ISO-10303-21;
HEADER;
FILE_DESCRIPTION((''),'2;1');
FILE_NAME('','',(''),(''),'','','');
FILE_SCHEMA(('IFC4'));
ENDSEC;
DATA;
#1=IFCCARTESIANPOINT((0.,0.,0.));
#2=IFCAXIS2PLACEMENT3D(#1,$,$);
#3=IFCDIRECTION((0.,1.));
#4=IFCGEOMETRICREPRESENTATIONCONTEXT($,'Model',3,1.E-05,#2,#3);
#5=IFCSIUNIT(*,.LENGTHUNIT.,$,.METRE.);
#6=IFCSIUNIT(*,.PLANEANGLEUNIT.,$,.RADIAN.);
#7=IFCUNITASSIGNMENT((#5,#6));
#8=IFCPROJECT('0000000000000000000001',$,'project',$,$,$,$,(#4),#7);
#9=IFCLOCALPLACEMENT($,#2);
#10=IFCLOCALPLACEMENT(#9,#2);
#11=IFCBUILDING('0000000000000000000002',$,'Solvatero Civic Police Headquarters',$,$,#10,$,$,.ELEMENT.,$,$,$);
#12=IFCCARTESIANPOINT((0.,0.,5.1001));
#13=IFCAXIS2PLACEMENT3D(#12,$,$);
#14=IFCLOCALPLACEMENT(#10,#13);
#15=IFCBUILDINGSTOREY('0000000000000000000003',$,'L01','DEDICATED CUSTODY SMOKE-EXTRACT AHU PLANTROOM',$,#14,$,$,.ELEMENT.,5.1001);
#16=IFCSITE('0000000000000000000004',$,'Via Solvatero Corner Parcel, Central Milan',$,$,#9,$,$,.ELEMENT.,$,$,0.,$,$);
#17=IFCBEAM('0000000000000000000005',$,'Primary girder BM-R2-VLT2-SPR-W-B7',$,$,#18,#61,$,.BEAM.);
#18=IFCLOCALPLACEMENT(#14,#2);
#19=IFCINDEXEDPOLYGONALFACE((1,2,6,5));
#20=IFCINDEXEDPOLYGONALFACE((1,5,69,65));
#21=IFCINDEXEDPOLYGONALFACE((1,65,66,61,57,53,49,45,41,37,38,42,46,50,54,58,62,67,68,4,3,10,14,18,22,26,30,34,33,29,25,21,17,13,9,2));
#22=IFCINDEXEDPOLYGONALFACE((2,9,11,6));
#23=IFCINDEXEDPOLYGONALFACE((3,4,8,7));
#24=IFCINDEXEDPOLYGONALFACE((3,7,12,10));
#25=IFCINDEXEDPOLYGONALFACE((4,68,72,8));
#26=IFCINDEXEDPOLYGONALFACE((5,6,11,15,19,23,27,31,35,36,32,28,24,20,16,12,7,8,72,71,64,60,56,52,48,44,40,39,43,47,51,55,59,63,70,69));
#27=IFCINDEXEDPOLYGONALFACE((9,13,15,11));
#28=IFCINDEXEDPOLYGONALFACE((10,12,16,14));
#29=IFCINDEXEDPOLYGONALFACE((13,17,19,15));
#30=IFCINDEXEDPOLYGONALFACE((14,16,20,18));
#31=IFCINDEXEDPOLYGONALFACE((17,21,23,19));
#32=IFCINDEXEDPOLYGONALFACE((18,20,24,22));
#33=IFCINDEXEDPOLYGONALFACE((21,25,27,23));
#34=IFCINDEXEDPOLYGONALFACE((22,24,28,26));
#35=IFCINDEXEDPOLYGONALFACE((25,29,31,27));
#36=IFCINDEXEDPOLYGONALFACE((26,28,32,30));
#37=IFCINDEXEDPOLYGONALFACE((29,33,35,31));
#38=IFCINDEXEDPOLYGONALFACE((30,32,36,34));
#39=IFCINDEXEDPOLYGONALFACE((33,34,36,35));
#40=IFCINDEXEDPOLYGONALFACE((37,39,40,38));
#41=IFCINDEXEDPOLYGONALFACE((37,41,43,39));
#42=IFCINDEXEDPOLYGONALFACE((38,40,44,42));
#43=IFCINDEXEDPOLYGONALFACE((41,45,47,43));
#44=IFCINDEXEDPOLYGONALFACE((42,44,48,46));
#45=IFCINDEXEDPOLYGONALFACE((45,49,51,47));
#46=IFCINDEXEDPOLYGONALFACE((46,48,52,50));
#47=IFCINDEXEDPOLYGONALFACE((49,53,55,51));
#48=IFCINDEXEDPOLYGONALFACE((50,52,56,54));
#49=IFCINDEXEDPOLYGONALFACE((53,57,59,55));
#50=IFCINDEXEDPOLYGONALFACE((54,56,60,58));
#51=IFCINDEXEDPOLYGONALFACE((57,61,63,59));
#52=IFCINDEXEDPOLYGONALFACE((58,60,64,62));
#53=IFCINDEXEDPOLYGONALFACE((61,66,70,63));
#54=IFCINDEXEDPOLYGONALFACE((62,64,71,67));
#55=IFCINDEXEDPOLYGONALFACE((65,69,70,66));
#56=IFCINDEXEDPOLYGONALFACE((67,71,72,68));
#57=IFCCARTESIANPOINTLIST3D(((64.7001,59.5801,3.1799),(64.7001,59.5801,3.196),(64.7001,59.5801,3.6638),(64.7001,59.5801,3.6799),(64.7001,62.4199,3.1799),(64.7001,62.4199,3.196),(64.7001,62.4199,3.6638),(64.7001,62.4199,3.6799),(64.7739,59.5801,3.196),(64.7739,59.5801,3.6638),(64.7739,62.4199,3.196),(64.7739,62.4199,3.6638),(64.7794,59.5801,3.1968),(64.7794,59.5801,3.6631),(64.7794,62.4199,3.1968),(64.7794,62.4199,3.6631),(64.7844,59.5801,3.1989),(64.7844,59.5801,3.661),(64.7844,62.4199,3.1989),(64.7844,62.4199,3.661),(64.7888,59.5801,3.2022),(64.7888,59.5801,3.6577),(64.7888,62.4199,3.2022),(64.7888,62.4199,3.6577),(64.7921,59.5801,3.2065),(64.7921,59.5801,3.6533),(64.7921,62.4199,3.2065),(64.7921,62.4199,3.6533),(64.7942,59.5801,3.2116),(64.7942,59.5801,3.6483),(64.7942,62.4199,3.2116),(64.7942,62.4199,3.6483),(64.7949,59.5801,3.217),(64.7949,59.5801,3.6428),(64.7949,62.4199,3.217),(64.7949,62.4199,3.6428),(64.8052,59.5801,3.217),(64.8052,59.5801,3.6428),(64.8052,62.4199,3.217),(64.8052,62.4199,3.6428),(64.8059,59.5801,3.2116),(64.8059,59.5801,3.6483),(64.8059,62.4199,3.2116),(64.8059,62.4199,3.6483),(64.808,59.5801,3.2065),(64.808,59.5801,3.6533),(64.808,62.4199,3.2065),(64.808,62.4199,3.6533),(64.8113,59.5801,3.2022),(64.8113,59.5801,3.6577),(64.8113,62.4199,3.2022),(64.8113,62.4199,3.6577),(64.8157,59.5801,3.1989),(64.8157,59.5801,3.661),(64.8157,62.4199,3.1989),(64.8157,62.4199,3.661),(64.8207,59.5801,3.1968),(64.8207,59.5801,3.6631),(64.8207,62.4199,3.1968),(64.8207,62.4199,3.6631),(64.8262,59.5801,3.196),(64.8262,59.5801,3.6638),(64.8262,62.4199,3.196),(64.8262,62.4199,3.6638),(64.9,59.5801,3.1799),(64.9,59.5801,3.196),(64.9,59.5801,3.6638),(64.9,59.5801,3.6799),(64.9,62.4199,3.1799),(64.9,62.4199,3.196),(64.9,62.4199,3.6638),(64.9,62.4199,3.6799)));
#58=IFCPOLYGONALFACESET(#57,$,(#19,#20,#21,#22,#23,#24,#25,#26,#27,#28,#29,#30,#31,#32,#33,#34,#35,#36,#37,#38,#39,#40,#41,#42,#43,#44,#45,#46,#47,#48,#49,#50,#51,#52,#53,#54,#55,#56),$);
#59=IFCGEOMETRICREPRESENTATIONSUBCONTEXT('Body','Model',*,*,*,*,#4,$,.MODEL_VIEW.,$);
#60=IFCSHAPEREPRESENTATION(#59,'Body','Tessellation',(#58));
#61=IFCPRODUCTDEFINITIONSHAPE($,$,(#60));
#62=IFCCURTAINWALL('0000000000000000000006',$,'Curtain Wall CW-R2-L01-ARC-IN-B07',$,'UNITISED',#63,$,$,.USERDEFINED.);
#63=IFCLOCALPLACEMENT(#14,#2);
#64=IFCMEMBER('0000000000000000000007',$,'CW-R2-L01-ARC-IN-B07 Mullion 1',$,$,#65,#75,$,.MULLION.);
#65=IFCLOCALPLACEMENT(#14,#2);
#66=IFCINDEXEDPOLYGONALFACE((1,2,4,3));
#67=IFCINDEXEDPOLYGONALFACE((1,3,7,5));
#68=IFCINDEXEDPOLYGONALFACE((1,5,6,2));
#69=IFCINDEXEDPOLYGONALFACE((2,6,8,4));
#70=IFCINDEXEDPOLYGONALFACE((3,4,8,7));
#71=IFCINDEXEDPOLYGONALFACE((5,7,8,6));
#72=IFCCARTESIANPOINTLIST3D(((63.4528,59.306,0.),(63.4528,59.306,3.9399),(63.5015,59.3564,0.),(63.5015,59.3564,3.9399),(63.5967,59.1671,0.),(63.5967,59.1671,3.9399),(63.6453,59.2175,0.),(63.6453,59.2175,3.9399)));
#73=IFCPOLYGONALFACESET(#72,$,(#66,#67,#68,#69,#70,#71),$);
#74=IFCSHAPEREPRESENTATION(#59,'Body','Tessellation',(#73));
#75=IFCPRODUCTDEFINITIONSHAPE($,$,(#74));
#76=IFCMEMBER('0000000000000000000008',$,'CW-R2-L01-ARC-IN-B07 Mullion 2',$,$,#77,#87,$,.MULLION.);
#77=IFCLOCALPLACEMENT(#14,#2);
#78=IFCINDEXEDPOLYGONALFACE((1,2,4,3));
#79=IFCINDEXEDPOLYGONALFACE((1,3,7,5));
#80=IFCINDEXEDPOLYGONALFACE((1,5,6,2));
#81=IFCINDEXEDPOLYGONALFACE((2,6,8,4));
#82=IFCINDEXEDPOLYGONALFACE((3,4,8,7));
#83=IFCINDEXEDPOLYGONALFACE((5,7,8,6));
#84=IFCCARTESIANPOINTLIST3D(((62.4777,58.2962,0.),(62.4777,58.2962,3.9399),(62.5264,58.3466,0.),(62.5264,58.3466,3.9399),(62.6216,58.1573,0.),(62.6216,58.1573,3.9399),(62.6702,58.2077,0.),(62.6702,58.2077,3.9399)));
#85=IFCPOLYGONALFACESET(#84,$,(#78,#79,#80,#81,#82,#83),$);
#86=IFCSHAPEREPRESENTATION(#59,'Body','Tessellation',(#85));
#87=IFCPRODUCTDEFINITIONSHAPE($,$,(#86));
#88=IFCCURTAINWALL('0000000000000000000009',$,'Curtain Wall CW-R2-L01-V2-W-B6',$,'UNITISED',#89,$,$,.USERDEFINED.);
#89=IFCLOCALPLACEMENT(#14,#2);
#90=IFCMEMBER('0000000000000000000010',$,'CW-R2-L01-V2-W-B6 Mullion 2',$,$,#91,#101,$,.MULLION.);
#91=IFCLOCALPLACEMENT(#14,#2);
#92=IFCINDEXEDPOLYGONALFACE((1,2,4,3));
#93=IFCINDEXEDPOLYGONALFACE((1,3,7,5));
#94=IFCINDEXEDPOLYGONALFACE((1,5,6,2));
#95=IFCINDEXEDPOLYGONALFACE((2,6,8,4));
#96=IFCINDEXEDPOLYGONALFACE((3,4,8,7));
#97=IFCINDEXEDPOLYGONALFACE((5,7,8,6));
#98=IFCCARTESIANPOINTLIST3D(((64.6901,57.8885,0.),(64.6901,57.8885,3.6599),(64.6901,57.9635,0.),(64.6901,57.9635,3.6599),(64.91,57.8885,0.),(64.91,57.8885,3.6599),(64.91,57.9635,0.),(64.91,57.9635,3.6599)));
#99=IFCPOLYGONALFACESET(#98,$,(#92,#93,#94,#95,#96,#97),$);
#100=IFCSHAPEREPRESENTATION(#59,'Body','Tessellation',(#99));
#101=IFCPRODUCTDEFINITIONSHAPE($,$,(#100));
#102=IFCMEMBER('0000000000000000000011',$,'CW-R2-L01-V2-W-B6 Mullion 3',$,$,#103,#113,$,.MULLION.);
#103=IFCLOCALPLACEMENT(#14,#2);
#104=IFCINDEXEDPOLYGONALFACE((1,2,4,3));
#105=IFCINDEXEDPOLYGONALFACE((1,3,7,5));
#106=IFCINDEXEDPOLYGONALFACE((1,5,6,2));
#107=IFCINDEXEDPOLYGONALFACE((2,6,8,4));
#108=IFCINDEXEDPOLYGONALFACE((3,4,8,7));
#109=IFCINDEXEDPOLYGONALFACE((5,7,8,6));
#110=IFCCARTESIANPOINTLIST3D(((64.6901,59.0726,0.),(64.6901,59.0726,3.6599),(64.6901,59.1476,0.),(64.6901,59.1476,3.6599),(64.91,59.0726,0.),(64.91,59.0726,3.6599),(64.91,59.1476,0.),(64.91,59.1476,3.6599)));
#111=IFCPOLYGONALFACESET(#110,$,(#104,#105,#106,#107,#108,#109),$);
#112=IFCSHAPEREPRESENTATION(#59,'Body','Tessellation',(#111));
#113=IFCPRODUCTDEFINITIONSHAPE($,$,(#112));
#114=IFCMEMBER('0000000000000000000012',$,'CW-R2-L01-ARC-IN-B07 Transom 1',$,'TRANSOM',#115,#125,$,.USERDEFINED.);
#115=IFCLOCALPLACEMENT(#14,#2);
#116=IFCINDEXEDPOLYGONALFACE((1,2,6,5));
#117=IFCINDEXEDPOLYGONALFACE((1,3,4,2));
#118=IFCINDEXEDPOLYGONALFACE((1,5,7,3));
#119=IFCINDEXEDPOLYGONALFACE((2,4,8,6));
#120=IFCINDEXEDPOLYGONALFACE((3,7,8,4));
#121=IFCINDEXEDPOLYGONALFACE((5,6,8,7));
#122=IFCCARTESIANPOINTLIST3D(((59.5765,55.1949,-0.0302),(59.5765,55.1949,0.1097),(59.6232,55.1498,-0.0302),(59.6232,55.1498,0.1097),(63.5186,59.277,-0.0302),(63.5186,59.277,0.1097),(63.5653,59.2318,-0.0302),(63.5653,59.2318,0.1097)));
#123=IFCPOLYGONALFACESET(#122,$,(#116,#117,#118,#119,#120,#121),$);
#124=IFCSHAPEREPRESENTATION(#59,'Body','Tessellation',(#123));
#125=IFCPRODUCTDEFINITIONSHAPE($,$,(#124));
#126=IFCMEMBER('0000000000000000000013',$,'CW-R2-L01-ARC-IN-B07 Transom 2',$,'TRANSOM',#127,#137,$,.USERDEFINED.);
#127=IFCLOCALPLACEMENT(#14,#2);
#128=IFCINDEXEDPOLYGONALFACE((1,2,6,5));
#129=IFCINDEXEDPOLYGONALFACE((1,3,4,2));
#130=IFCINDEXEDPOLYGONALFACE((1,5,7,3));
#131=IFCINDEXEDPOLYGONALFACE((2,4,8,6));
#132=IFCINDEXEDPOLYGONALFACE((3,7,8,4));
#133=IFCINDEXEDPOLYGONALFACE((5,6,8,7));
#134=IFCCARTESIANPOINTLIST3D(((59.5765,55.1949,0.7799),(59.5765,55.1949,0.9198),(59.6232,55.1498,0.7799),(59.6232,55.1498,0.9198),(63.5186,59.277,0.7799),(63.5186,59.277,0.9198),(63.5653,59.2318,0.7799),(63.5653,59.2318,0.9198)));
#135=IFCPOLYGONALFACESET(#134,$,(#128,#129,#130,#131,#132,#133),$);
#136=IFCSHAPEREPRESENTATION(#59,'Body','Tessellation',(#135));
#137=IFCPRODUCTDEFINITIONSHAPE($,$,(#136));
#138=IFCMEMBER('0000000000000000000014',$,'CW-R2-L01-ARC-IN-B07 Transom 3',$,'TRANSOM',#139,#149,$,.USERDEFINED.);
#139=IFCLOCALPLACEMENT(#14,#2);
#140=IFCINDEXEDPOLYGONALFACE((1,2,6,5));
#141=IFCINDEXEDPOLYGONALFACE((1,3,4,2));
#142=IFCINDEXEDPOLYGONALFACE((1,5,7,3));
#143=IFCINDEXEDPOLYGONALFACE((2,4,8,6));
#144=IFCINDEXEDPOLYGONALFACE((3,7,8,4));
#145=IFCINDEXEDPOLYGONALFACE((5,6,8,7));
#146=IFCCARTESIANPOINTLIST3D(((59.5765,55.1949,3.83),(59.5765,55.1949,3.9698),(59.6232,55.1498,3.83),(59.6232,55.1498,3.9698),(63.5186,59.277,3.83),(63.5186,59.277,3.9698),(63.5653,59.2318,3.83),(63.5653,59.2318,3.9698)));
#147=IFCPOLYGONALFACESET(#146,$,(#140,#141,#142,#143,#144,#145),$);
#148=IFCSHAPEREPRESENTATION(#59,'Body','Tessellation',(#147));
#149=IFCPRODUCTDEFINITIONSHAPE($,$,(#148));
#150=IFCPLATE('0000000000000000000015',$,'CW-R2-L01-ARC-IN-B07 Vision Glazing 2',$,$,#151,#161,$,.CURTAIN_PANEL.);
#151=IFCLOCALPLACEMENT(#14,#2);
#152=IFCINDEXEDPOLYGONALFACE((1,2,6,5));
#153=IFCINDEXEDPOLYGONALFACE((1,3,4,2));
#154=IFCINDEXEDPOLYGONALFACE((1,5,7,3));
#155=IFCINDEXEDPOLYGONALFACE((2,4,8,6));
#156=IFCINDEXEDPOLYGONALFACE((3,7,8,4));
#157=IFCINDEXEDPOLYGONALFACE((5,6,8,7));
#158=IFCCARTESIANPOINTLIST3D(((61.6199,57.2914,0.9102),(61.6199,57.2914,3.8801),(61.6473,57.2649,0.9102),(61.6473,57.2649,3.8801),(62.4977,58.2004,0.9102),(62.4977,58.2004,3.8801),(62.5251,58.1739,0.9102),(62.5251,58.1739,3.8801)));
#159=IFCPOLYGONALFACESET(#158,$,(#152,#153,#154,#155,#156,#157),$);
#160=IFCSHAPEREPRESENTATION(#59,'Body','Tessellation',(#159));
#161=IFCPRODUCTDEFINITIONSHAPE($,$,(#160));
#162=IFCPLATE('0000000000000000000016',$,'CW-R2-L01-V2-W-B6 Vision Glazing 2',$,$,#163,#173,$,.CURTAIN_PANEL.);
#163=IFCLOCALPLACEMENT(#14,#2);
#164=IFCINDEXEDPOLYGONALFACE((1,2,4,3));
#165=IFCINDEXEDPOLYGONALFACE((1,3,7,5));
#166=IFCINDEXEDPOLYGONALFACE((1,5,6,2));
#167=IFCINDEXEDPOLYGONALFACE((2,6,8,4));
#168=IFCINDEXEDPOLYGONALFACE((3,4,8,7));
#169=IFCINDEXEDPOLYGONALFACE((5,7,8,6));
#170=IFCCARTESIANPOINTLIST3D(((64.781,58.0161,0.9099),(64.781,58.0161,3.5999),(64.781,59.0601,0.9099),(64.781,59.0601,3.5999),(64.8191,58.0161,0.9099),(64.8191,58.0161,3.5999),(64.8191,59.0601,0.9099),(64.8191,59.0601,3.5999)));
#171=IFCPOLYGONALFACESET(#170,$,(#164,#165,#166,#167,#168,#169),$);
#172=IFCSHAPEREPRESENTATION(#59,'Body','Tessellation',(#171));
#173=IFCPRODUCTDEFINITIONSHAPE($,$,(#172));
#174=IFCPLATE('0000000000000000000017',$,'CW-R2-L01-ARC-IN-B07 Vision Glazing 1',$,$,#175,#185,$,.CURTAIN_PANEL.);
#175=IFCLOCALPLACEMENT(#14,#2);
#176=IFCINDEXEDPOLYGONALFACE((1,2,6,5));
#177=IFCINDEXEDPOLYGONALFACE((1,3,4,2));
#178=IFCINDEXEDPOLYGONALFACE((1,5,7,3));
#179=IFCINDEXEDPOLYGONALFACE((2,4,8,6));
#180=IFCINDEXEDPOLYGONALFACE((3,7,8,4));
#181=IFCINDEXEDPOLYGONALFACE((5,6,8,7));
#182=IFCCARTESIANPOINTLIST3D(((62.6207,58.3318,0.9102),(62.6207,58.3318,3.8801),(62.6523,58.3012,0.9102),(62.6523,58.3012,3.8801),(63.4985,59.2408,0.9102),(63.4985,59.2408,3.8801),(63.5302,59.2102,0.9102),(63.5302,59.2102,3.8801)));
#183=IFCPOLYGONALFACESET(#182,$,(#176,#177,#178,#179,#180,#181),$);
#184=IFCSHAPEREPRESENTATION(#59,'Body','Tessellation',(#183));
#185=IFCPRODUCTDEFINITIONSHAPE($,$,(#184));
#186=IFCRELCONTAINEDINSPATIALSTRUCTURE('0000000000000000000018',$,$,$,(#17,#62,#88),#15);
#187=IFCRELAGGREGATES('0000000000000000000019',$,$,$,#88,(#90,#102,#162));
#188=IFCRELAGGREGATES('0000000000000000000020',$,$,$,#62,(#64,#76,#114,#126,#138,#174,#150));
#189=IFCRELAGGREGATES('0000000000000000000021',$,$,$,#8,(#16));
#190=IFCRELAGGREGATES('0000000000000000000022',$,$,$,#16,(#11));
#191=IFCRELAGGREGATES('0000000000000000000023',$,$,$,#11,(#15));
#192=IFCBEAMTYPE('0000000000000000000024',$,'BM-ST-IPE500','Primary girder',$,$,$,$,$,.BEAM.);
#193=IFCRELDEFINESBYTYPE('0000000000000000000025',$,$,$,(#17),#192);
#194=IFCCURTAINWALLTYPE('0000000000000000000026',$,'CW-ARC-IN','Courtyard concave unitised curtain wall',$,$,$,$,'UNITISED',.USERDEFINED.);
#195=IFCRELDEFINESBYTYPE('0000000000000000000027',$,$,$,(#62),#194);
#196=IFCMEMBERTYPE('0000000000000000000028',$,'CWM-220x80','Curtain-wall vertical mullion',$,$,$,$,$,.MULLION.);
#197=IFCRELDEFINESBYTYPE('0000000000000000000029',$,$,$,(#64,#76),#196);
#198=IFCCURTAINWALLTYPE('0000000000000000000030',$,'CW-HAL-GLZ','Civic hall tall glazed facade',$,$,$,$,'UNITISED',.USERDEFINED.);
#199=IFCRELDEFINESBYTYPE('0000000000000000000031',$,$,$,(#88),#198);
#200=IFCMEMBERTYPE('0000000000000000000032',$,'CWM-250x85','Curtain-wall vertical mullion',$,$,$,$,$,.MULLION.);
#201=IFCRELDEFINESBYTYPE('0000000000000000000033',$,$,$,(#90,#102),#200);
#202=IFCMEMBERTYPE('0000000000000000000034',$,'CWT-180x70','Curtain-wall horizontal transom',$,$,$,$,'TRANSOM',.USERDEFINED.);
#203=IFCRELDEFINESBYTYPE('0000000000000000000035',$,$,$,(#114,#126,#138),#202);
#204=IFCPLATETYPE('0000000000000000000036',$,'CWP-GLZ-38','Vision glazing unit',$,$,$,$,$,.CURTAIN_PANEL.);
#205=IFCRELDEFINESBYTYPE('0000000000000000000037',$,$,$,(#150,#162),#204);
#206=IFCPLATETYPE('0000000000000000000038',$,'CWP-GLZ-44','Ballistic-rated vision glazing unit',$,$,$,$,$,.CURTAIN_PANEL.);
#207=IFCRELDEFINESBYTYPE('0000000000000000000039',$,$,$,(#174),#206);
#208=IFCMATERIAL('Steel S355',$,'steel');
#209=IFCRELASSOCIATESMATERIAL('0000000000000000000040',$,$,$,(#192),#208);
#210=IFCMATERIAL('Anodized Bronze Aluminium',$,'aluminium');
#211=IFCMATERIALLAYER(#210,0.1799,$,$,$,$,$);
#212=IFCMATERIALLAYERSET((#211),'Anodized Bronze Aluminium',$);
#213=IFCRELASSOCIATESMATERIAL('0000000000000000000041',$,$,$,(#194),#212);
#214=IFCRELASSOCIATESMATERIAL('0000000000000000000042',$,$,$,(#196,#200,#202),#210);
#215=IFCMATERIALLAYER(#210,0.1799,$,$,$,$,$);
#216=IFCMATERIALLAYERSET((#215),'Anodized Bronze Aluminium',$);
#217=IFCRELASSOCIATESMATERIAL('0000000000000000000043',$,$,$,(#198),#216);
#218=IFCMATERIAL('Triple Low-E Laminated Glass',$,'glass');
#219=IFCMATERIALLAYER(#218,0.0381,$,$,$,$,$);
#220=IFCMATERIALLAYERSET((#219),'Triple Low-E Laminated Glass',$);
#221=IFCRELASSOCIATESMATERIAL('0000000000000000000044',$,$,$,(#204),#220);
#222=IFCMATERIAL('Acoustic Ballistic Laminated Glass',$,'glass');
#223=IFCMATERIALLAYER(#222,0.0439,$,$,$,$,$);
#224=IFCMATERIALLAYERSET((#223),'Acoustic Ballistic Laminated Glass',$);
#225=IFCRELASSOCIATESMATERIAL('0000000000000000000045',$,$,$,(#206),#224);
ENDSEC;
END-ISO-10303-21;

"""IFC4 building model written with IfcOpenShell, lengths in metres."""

from ifc_helpers import new_model, si_unit, direction, frame, origin, origin_2d, place, context, subcontext, project, spatial, rectangle, i_section, extrude, material, layer, layer_set, material_profile, profile_set, type_object, element, aggregate, save


model = new_model("IFC4")

# Units and contexts
model_context = context("Model", 3, precision=1e-05, world=origin(), true_north=direction((0.0, 1.0)))
body_context = subcontext(model_context, "Body", "Model", "MODEL_VIEW")
ifc_project = project(units=[si_unit("LENGTHUNIT", "METRE"), si_unit("PLANEANGLEUNIT", "RADIAN")], contexts=[model_context])

# Site, building, storey
site_placement = place(None, origin())
site = spatial("IfcSite", under=ifc_project, at=site_placement, Name="Via Solvatero Corner Parcel, Central Milan", CompositionType="ELEMENT", RefElevation=0.0)
building_placement = place(site_placement, origin())
building = spatial("IfcBuilding", under=site, at=building_placement, Name="Solvatero Civic Police Headquarters", CompositionType="ELEMENT")
storey_placement = place(building_placement, frame((0.0, 0.0, 5.1001)))
storey = spatial("IfcBuildingStorey", under=building, at=storey_placement, Name="L01", Description="DEDICATED CUSTODY SMOKE-EXTRACT AHU PLANTROOM", CompositionType="ELEMENT", Elevation=5.1001)

# Shared definitions
ifc_material_1 = material(Name="Steel S355", Category="steel")

# Beam
ifc_material_profile_1 = material_profile(ifc_material_1, i_section(OverallWidth=0.2, OverallDepth=0.5, WebThickness=0.0103, FlangeThickness=0.0161, FilletRadius=0.021, at=origin_2d()), Name="IPE 500")
ifc_profile_set_1 = profile_set([ifc_material_profile_1], Name="Steel S355")
beam_type_1 = type_object("IfcBeamType", Name="BM-ST-IPE500", Description="Primary girder", PredefinedType="BEAM", material=ifc_profile_set_1)
beam_1_placement = place(storey_placement, frame((64.8, 59.5801, 3.4299), z_axis=(0.0, 1.0, 0.0), x_axis=(-1.0, 0.0, 0.0)))
element("IfcBeam", 1, at=beam_1_placement, inside=storey, type_object=beam_type_1, Name="Primary girder BM-R2-VLT2-SPR-W-B7", PredefinedType="BEAM", context=body_context, shape_type="SweptSolid", body=[
    extrude(i_section(OverallWidth=0.2, OverallDepth=0.5, WebThickness=0.0103, FlangeThickness=0.0161, FilletRadius=0.021, at=origin_2d()), origin(), (0.0, 0.0, 1.0), 2.8398),
])

# Curtain walls, members
ifc_material_2 = material(Name="Anodized Bronze Aluminium", Category="aluminium")
ifc_layer_1 = layer(ifc_material_2, 0.1799)
ifc_layer_set_1 = layer_set([ifc_layer_1], Name="Anodized Bronze Aluminium")
curtain_wall_type_1 = type_object("IfcCurtainWallType", Name="CW-ARC-IN", Description="Courtyard concave unitised curtain wall", ElementType="UNITISED", PredefinedType="USERDEFINED", material=ifc_layer_set_1)
curtain_wall_1_placement = place(storey_placement, origin())
curtain_wall_1 = element("IfcCurtainWall", 2, at=curtain_wall_1_placement, inside=storey, type_object=curtain_wall_type_1, Name="Curtain Wall CW-R2-L01-ARC-IN-B07", ObjectType="UNITISED", PredefinedType="USERDEFINED")
ifc_material_profile_2 = material_profile(ifc_material_2, rectangle(XDim=0.0701, YDim=0.2, at=origin_2d()), Name="ALU MULLION 70x200")
ifc_profile_set_2 = profile_set([ifc_material_profile_2], Name="Anodized Bronze Aluminium")
member_type_1 = type_object("IfcMemberType", Name="CWM-220x80", Description="Curtain-wall vertical mullion", PredefinedType="MULLION", material=ifc_profile_set_2)
member_1_placement = place(storey_placement, frame((63.5491, 59.2617, 0.0), z_axis=(0.0, 0.0, 1.0), x_axis=(-0.694658, -0.71934, 0.0)))
member_1 = element("IfcMember", 3, at=member_1_placement, type_object=member_type_1, Name="CW-R2-L01-ARC-IN-B07 Mullion 1", PredefinedType="MULLION", context=body_context, shape_type="SweptSolid", body=[
    extrude(rectangle(XDim=0.0701, YDim=0.2, at=origin_2d()), origin(), (0.0, 0.0, 1.0), 3.9399),
])
member_2_placement = place(storey_placement, frame((62.574, 58.252, 0.0), z_axis=(0.0, 0.0, 1.0), x_axis=(-0.694658, -0.71934, 0.0)))
member_2 = element("IfcMember", 4, at=member_2_placement, type_object=member_type_1, Name="CW-R2-L01-ARC-IN-B07 Mullion 2", PredefinedType="MULLION", context=body_context, shape_type="SweptSolid", body=[
    extrude(rectangle(XDim=0.0701, YDim=0.2, at=origin_2d()), origin(), (0.0, 0.0, 1.0), 3.9399),
])
ifc_layer_2 = layer(ifc_material_2, 0.1799)
ifc_layer_set_2 = layer_set([ifc_layer_2], Name="Anodized Bronze Aluminium")
curtain_wall_type_2 = type_object("IfcCurtainWallType", Name="CW-HAL-GLZ", Description="Civic hall tall glazed facade", ElementType="UNITISED", PredefinedType="USERDEFINED", material=ifc_layer_set_2)
curtain_wall_2_placement = place(storey_placement, origin())
curtain_wall_2 = element("IfcCurtainWall", 5, at=curtain_wall_2_placement, inside=storey, type_object=curtain_wall_type_2, Name="Curtain Wall CW-R2-L01-V2-W-B6", ObjectType="UNITISED", PredefinedType="USERDEFINED")
ifc_material_profile_3 = material_profile(ifc_material_2, rectangle(XDim=0.075, YDim=0.22, at=origin_2d()), Name="ALU MULLION 75x220")
ifc_profile_set_3 = profile_set([ifc_material_profile_3], Name="Anodized Bronze Aluminium")
member_type_2 = type_object("IfcMemberType", Name="CWM-250x85", Description="Curtain-wall vertical mullion", PredefinedType="MULLION", material=ifc_profile_set_3)
member_3_placement = place(storey_placement, frame((64.8, 57.926, 0.0), z_axis=(0.0, 0.0, 1.0), x_axis=(0.0, 1.0, 0.0)))
member_3 = element("IfcMember", 6, at=member_3_placement, type_object=member_type_2, Name="CW-R2-L01-V2-W-B6 Mullion 2", PredefinedType="MULLION", context=body_context, shape_type="SweptSolid", body=[
    extrude(rectangle(XDim=0.075, YDim=0.22, at=origin_2d()), origin(), (0.0, 0.0, 1.0), 3.6599),
])
member_4_placement = place(storey_placement, frame((64.8, 59.1101, 0.0), z_axis=(0.0, 0.0, 1.0), x_axis=(0.0, 1.0, 0.0)))
member_4 = element("IfcMember", 7, at=member_4_placement, type_object=member_type_2, Name="CW-R2-L01-V2-W-B6 Mullion 3", PredefinedType="MULLION", context=body_context, shape_type="SweptSolid", body=[
    extrude(rectangle(XDim=0.075, YDim=0.22, at=origin_2d()), origin(), (0.0, 0.0, 1.0), 3.6599),
])

# Members
ifc_material_profile_4 = material_profile(ifc_material_2, rectangle(XDim=0.0649, YDim=0.1399, at=origin_2d()), Name="ALU TRANSOM 65x140")
ifc_profile_set_4 = profile_set([ifc_material_profile_4], Name="Anodized Bronze Aluminium")
member_type_3 = type_object("IfcMemberType", Name="CWT-180x70", Description="Curtain-wall horizontal transom", ElementType="TRANSOM", PredefinedType="USERDEFINED", material=ifc_profile_set_4)
member_5_placement = place(storey_placement, frame((63.542, 59.2544, 0.0398), z_axis=(-0.694674, -0.719325, 0.0), x_axis=(0.719325, -0.694674, 0.0)))
member_5 = element("IfcMember", 8, at=member_5_placement, type_object=member_type_3, Name="CW-R2-L01-ARC-IN-B07 Transom 1", ObjectType="TRANSOM", PredefinedType="USERDEFINED", context=body_context, shape_type="SweptSolid", body=[
    extrude(rectangle(XDim=0.0649, YDim=0.1399, at=origin_2d()), origin(), (0.0, 0.0, 1.0), 5.6748),
])
member_6_placement = place(storey_placement, frame((63.542, 59.2544, 0.8499), z_axis=(-0.694674, -0.719325, 0.0), x_axis=(0.719325, -0.694674, 0.0)))
member_6 = element("IfcMember", 9, at=member_6_placement, type_object=member_type_3, Name="CW-R2-L01-ARC-IN-B07 Transom 2", ObjectType="TRANSOM", PredefinedType="USERDEFINED", context=body_context, shape_type="SweptSolid", body=[
    extrude(rectangle(XDim=0.0649, YDim=0.1399, at=origin_2d()), origin(), (0.0, 0.0, 1.0), 5.6748),
])
member_7_placement = place(storey_placement, frame((63.542, 59.2544, 3.8999), z_axis=(-0.694674, -0.719325, 0.0), x_axis=(0.719325, -0.694674, 0.0)))
member_7 = element("IfcMember", 10, at=member_7_placement, type_object=member_type_3, Name="CW-R2-L01-ARC-IN-B07 Transom 3", ObjectType="TRANSOM", PredefinedType="USERDEFINED", context=body_context, shape_type="SweptSolid", body=[
    extrude(rectangle(XDim=0.0649, YDim=0.1399, at=origin_2d()), origin(), (0.0, 0.0, 1.0), 5.6748),
])

# Plates
ifc_material_3 = material(Name="Triple Low-E Laminated Glass", Category="glass")
ifc_layer_3 = layer(ifc_material_3, 0.0381)
ifc_layer_set_3 = layer_set([ifc_layer_3], Name="Triple Low-E Laminated Glass")
plate_type_1 = type_object("IfcPlateType", Name="CWP-GLZ-38", Description="Vision glazing unit", PredefinedType="CURTAIN_PANEL", material=ifc_layer_set_3)
plate_1_placement = place(storey_placement, frame((62.0725, 57.7327, 0.9102), z_axis=(0.0, 0.0, 1.0), x_axis=(-0.694658, -0.71934, 0.0)))
plate_1 = element("IfcPlate", 11, at=plate_1_placement, type_object=plate_type_1, Name="CW-R2-L01-ARC-IN-B07 Vision Glazing 2", PredefinedType="CURTAIN_PANEL", context=body_context, shape_type="SweptSolid", body=[
    extrude(rectangle(XDim=1.2637, YDim=0.0381, at=origin_2d()), origin(), (0.0, 0.0, 1.0), 2.97),
])
plate_2_placement = place(storey_placement, frame((64.8, 58.5381, 0.9099), z_axis=(0.0, 0.0, 1.0), x_axis=(0.0, 1.0, 0.0)))
plate_2 = element("IfcPlate", 12, at=plate_2_placement, type_object=plate_type_1, Name="CW-R2-L01-V2-W-B6 Vision Glazing 2", PredefinedType="CURTAIN_PANEL", context=body_context, shape_type="SweptSolid", body=[
    extrude(rectangle(XDim=1.0439, YDim=0.0381, at=origin_2d()), origin(), (0.0, 0.0, 1.0), 2.6899),
])
ifc_material_4 = material(Name="Acoustic Ballistic Laminated Glass", Category="glass")
ifc_layer_4 = layer(ifc_material_4, 0.0439)
ifc_layer_set_4 = layer_set([ifc_layer_4], Name="Acoustic Ballistic Laminated Glass")
plate_type_2 = type_object("IfcPlateType", Name="CWP-GLZ-44", Description="Ballistic-rated vision glazing unit", PredefinedType="CURTAIN_PANEL", material=ifc_layer_set_4)
plate_3_placement = place(storey_placement, frame((63.0754, 58.771, 0.9102), z_axis=(0.0, 0.0, 1.0), x_axis=(-0.694658, -0.71934, 0.0)))
plate_3 = element("IfcPlate", 13, at=plate_3_placement, type_object=plate_type_2, Name="CW-R2-L01-ARC-IN-B07 Vision Glazing 1", PredefinedType="CURTAIN_PANEL", context=body_context, shape_type="SweptSolid", body=[
    extrude(rectangle(XDim=1.2637, YDim=0.0439, at=origin_2d()), origin(), (0.0, 0.0, 1.0), 2.97),
])
aggregate(curtain_wall_2, [member_3, member_4, plate_2])
aggregate(curtain_wall_1, [member_1, member_2, member_5, member_6, member_7, plate_3, plate_1])

save(model, "model.ifc")
